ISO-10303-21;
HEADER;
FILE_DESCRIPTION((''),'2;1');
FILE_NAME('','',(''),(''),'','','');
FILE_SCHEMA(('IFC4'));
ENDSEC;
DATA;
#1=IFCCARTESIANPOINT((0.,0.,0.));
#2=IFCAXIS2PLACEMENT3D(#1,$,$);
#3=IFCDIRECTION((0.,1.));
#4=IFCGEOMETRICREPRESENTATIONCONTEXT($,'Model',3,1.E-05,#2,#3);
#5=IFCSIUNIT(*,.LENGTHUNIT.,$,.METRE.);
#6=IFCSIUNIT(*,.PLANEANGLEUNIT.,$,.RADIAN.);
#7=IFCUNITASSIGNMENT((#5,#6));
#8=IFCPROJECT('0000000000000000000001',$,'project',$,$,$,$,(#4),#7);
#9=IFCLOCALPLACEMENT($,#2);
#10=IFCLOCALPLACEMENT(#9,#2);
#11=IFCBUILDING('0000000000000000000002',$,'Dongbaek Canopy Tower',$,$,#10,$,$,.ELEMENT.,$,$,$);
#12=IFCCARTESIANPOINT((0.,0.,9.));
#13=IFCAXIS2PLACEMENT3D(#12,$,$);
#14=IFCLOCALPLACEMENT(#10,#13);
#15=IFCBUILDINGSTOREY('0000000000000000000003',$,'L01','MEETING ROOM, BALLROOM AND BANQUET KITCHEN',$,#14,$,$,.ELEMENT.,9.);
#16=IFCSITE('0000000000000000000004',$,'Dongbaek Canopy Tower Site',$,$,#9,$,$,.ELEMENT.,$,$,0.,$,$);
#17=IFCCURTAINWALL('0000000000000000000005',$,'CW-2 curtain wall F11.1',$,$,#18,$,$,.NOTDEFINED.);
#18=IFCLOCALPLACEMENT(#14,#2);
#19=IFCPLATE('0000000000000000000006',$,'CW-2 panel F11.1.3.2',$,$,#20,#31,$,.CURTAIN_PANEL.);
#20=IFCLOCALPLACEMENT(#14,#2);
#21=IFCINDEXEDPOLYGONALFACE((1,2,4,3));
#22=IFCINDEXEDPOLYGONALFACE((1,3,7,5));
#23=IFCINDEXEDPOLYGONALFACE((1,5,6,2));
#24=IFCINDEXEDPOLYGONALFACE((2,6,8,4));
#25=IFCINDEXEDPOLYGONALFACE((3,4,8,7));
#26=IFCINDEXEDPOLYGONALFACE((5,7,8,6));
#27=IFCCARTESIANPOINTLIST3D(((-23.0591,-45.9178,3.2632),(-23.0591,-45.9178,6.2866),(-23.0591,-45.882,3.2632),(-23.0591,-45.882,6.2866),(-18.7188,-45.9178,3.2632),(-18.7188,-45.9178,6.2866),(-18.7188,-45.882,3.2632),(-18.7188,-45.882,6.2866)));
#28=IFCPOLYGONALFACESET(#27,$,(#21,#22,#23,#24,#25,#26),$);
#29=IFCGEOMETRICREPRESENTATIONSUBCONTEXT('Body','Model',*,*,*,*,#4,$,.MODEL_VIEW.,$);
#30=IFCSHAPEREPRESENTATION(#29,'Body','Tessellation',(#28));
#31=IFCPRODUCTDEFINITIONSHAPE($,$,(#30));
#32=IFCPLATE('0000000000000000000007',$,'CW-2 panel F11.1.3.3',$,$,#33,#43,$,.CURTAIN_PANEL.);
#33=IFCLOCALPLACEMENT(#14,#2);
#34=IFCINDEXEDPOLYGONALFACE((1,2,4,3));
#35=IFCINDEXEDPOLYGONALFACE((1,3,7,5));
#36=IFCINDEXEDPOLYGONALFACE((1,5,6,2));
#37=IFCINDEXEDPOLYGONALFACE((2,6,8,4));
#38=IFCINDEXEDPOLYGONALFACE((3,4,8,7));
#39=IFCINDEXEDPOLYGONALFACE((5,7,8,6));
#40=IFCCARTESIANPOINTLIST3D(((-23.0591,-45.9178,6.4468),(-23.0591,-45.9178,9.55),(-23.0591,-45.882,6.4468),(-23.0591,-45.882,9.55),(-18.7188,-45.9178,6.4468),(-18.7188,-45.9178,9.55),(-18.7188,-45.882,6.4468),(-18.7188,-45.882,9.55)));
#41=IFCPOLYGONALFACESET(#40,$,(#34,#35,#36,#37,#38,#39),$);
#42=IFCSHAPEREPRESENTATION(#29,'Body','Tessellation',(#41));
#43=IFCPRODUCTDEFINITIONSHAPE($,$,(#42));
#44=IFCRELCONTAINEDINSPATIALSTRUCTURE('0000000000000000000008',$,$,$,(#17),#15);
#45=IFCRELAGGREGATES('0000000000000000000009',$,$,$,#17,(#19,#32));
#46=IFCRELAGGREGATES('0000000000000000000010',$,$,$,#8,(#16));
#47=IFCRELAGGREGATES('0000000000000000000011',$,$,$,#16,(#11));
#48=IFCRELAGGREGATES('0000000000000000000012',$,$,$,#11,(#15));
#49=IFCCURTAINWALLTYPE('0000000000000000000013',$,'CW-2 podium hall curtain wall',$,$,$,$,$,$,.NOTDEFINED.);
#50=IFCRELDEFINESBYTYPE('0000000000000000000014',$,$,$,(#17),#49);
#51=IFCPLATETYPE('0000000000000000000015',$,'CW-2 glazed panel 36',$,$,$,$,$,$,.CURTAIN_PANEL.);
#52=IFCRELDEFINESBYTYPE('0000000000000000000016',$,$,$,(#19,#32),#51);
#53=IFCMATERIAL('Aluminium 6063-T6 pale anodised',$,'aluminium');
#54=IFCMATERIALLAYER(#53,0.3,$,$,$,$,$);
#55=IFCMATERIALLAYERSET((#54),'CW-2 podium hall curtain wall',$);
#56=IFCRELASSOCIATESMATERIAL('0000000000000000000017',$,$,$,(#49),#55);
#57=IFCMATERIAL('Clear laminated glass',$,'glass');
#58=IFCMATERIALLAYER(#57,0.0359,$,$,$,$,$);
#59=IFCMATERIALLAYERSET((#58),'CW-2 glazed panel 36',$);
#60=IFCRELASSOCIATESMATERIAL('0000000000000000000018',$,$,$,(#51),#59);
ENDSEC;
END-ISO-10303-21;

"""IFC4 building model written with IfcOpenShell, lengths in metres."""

from ifc_helpers import new_model, si_unit, direction, frame, origin, origin_2d, place, context, subcontext, project, spatial, rectangle, extrude, material, layer, layer_set, type_object, element, aggregate, save


model = new_model("IFC4")

# Units and contexts
model_context = context("Model", 3, precision=1e-05, world=origin(), true_north=direction((0.0, 1.0)))
body_context = subcontext(model_context, "Body", "Model", "MODEL_VIEW")
ifc_project = project(units=[si_unit("LENGTHUNIT", "METRE"), si_unit("PLANEANGLEUNIT", "RADIAN")], contexts=[model_context])

# Site, building, storey
site_placement = place(None, origin())
site = spatial("IfcSite", under=ifc_project, at=site_placement, Name="Dongbaek Canopy Tower Site", CompositionType="ELEMENT", RefElevation=0.0)
building_placement = place(site_placement, origin())
building = spatial("IfcBuilding", under=site, at=building_placement, Name="Dongbaek Canopy Tower", CompositionType="ELEMENT")
storey_placement = place(building_placement, frame((0.0, 0.0, 9.0)))
storey = spatial("IfcBuildingStorey", under=building, at=storey_placement, Name="L01", Description="MEETING ROOM, BALLROOM AND BANQUET KITCHEN", CompositionType="ELEMENT", Elevation=9.0)

# Shared definitions
ifc_material_1 = material(Name="Aluminium 6063-T6 pale anodised", Category="aluminium")
ifc_layer_1 = layer(ifc_material_1, 0.3)
ifc_layer_set_1 = layer_set([ifc_layer_1], Name="CW-2 podium hall curtain wall")
curtain_wall_type = type_object("IfcCurtainWallType", Name="CW-2 podium hall curtain wall", PredefinedType="NOTDEFINED", material=ifc_layer_set_1)

# Curtain wall
curtain_wall_1_placement = place(storey_placement, origin())
curtain_wall_1 = element("IfcCurtainWall", 1, at=curtain_wall_1_placement, inside=storey, type_object=curtain_wall_type, Name="CW-2 curtain wall F11.1", PredefinedType="NOTDEFINED")

# Plates
ifc_material_2 = material(Name="Clear laminated glass", Category="glass")
ifc_layer_2 = layer(ifc_material_2, 0.0359)
ifc_layer_set_2 = layer_set([ifc_layer_2], Name="CW-2 glazed panel 36")
plate_type = type_object("IfcPlateType", Name="CW-2 glazed panel 36", PredefinedType="CURTAIN_PANEL", material=ifc_layer_set_2)
plate_1_placement = place(storey_placement, frame((-20.8889, -45.8999, 3.2632), z_axis=(0.0, 0.0, 1.0), x_axis=(1.0, 0.0, 0.0)))
plate_1 = element("IfcPlate", 2, at=plate_1_placement, type_object=plate_type, Name="CW-2 panel F11.1.3.2", PredefinedType="CURTAIN_PANEL", context=body_context, shape_type="SweptSolid", body=[
    extrude(rectangle(XDim=4.3403, YDim=0.0359, at=origin_2d()), origin(), (0.0, 0.0, 1.0), 3.0234),
])
plate_2_placement = place(storey_placement, frame((-20.8889, -45.8999, 6.4468), z_axis=(0.0, 0.0, 1.0), x_axis=(1.0, 0.0, 0.0)))
plate_2 = element("IfcPlate", 3, at=plate_2_placement, type_object=plate_type, Name="CW-2 panel F11.1.3.3", PredefinedType="CURTAIN_PANEL", context=body_context, shape_type="SweptSolid", body=[
    extrude(rectangle(XDim=4.3403, YDim=0.0359, at=origin_2d()), origin(), (0.0, 0.0, 1.0), 3.1033),
])
aggregate(curtain_wall_1, [plate_1, plate_2])

save(model, "model.ifc")
